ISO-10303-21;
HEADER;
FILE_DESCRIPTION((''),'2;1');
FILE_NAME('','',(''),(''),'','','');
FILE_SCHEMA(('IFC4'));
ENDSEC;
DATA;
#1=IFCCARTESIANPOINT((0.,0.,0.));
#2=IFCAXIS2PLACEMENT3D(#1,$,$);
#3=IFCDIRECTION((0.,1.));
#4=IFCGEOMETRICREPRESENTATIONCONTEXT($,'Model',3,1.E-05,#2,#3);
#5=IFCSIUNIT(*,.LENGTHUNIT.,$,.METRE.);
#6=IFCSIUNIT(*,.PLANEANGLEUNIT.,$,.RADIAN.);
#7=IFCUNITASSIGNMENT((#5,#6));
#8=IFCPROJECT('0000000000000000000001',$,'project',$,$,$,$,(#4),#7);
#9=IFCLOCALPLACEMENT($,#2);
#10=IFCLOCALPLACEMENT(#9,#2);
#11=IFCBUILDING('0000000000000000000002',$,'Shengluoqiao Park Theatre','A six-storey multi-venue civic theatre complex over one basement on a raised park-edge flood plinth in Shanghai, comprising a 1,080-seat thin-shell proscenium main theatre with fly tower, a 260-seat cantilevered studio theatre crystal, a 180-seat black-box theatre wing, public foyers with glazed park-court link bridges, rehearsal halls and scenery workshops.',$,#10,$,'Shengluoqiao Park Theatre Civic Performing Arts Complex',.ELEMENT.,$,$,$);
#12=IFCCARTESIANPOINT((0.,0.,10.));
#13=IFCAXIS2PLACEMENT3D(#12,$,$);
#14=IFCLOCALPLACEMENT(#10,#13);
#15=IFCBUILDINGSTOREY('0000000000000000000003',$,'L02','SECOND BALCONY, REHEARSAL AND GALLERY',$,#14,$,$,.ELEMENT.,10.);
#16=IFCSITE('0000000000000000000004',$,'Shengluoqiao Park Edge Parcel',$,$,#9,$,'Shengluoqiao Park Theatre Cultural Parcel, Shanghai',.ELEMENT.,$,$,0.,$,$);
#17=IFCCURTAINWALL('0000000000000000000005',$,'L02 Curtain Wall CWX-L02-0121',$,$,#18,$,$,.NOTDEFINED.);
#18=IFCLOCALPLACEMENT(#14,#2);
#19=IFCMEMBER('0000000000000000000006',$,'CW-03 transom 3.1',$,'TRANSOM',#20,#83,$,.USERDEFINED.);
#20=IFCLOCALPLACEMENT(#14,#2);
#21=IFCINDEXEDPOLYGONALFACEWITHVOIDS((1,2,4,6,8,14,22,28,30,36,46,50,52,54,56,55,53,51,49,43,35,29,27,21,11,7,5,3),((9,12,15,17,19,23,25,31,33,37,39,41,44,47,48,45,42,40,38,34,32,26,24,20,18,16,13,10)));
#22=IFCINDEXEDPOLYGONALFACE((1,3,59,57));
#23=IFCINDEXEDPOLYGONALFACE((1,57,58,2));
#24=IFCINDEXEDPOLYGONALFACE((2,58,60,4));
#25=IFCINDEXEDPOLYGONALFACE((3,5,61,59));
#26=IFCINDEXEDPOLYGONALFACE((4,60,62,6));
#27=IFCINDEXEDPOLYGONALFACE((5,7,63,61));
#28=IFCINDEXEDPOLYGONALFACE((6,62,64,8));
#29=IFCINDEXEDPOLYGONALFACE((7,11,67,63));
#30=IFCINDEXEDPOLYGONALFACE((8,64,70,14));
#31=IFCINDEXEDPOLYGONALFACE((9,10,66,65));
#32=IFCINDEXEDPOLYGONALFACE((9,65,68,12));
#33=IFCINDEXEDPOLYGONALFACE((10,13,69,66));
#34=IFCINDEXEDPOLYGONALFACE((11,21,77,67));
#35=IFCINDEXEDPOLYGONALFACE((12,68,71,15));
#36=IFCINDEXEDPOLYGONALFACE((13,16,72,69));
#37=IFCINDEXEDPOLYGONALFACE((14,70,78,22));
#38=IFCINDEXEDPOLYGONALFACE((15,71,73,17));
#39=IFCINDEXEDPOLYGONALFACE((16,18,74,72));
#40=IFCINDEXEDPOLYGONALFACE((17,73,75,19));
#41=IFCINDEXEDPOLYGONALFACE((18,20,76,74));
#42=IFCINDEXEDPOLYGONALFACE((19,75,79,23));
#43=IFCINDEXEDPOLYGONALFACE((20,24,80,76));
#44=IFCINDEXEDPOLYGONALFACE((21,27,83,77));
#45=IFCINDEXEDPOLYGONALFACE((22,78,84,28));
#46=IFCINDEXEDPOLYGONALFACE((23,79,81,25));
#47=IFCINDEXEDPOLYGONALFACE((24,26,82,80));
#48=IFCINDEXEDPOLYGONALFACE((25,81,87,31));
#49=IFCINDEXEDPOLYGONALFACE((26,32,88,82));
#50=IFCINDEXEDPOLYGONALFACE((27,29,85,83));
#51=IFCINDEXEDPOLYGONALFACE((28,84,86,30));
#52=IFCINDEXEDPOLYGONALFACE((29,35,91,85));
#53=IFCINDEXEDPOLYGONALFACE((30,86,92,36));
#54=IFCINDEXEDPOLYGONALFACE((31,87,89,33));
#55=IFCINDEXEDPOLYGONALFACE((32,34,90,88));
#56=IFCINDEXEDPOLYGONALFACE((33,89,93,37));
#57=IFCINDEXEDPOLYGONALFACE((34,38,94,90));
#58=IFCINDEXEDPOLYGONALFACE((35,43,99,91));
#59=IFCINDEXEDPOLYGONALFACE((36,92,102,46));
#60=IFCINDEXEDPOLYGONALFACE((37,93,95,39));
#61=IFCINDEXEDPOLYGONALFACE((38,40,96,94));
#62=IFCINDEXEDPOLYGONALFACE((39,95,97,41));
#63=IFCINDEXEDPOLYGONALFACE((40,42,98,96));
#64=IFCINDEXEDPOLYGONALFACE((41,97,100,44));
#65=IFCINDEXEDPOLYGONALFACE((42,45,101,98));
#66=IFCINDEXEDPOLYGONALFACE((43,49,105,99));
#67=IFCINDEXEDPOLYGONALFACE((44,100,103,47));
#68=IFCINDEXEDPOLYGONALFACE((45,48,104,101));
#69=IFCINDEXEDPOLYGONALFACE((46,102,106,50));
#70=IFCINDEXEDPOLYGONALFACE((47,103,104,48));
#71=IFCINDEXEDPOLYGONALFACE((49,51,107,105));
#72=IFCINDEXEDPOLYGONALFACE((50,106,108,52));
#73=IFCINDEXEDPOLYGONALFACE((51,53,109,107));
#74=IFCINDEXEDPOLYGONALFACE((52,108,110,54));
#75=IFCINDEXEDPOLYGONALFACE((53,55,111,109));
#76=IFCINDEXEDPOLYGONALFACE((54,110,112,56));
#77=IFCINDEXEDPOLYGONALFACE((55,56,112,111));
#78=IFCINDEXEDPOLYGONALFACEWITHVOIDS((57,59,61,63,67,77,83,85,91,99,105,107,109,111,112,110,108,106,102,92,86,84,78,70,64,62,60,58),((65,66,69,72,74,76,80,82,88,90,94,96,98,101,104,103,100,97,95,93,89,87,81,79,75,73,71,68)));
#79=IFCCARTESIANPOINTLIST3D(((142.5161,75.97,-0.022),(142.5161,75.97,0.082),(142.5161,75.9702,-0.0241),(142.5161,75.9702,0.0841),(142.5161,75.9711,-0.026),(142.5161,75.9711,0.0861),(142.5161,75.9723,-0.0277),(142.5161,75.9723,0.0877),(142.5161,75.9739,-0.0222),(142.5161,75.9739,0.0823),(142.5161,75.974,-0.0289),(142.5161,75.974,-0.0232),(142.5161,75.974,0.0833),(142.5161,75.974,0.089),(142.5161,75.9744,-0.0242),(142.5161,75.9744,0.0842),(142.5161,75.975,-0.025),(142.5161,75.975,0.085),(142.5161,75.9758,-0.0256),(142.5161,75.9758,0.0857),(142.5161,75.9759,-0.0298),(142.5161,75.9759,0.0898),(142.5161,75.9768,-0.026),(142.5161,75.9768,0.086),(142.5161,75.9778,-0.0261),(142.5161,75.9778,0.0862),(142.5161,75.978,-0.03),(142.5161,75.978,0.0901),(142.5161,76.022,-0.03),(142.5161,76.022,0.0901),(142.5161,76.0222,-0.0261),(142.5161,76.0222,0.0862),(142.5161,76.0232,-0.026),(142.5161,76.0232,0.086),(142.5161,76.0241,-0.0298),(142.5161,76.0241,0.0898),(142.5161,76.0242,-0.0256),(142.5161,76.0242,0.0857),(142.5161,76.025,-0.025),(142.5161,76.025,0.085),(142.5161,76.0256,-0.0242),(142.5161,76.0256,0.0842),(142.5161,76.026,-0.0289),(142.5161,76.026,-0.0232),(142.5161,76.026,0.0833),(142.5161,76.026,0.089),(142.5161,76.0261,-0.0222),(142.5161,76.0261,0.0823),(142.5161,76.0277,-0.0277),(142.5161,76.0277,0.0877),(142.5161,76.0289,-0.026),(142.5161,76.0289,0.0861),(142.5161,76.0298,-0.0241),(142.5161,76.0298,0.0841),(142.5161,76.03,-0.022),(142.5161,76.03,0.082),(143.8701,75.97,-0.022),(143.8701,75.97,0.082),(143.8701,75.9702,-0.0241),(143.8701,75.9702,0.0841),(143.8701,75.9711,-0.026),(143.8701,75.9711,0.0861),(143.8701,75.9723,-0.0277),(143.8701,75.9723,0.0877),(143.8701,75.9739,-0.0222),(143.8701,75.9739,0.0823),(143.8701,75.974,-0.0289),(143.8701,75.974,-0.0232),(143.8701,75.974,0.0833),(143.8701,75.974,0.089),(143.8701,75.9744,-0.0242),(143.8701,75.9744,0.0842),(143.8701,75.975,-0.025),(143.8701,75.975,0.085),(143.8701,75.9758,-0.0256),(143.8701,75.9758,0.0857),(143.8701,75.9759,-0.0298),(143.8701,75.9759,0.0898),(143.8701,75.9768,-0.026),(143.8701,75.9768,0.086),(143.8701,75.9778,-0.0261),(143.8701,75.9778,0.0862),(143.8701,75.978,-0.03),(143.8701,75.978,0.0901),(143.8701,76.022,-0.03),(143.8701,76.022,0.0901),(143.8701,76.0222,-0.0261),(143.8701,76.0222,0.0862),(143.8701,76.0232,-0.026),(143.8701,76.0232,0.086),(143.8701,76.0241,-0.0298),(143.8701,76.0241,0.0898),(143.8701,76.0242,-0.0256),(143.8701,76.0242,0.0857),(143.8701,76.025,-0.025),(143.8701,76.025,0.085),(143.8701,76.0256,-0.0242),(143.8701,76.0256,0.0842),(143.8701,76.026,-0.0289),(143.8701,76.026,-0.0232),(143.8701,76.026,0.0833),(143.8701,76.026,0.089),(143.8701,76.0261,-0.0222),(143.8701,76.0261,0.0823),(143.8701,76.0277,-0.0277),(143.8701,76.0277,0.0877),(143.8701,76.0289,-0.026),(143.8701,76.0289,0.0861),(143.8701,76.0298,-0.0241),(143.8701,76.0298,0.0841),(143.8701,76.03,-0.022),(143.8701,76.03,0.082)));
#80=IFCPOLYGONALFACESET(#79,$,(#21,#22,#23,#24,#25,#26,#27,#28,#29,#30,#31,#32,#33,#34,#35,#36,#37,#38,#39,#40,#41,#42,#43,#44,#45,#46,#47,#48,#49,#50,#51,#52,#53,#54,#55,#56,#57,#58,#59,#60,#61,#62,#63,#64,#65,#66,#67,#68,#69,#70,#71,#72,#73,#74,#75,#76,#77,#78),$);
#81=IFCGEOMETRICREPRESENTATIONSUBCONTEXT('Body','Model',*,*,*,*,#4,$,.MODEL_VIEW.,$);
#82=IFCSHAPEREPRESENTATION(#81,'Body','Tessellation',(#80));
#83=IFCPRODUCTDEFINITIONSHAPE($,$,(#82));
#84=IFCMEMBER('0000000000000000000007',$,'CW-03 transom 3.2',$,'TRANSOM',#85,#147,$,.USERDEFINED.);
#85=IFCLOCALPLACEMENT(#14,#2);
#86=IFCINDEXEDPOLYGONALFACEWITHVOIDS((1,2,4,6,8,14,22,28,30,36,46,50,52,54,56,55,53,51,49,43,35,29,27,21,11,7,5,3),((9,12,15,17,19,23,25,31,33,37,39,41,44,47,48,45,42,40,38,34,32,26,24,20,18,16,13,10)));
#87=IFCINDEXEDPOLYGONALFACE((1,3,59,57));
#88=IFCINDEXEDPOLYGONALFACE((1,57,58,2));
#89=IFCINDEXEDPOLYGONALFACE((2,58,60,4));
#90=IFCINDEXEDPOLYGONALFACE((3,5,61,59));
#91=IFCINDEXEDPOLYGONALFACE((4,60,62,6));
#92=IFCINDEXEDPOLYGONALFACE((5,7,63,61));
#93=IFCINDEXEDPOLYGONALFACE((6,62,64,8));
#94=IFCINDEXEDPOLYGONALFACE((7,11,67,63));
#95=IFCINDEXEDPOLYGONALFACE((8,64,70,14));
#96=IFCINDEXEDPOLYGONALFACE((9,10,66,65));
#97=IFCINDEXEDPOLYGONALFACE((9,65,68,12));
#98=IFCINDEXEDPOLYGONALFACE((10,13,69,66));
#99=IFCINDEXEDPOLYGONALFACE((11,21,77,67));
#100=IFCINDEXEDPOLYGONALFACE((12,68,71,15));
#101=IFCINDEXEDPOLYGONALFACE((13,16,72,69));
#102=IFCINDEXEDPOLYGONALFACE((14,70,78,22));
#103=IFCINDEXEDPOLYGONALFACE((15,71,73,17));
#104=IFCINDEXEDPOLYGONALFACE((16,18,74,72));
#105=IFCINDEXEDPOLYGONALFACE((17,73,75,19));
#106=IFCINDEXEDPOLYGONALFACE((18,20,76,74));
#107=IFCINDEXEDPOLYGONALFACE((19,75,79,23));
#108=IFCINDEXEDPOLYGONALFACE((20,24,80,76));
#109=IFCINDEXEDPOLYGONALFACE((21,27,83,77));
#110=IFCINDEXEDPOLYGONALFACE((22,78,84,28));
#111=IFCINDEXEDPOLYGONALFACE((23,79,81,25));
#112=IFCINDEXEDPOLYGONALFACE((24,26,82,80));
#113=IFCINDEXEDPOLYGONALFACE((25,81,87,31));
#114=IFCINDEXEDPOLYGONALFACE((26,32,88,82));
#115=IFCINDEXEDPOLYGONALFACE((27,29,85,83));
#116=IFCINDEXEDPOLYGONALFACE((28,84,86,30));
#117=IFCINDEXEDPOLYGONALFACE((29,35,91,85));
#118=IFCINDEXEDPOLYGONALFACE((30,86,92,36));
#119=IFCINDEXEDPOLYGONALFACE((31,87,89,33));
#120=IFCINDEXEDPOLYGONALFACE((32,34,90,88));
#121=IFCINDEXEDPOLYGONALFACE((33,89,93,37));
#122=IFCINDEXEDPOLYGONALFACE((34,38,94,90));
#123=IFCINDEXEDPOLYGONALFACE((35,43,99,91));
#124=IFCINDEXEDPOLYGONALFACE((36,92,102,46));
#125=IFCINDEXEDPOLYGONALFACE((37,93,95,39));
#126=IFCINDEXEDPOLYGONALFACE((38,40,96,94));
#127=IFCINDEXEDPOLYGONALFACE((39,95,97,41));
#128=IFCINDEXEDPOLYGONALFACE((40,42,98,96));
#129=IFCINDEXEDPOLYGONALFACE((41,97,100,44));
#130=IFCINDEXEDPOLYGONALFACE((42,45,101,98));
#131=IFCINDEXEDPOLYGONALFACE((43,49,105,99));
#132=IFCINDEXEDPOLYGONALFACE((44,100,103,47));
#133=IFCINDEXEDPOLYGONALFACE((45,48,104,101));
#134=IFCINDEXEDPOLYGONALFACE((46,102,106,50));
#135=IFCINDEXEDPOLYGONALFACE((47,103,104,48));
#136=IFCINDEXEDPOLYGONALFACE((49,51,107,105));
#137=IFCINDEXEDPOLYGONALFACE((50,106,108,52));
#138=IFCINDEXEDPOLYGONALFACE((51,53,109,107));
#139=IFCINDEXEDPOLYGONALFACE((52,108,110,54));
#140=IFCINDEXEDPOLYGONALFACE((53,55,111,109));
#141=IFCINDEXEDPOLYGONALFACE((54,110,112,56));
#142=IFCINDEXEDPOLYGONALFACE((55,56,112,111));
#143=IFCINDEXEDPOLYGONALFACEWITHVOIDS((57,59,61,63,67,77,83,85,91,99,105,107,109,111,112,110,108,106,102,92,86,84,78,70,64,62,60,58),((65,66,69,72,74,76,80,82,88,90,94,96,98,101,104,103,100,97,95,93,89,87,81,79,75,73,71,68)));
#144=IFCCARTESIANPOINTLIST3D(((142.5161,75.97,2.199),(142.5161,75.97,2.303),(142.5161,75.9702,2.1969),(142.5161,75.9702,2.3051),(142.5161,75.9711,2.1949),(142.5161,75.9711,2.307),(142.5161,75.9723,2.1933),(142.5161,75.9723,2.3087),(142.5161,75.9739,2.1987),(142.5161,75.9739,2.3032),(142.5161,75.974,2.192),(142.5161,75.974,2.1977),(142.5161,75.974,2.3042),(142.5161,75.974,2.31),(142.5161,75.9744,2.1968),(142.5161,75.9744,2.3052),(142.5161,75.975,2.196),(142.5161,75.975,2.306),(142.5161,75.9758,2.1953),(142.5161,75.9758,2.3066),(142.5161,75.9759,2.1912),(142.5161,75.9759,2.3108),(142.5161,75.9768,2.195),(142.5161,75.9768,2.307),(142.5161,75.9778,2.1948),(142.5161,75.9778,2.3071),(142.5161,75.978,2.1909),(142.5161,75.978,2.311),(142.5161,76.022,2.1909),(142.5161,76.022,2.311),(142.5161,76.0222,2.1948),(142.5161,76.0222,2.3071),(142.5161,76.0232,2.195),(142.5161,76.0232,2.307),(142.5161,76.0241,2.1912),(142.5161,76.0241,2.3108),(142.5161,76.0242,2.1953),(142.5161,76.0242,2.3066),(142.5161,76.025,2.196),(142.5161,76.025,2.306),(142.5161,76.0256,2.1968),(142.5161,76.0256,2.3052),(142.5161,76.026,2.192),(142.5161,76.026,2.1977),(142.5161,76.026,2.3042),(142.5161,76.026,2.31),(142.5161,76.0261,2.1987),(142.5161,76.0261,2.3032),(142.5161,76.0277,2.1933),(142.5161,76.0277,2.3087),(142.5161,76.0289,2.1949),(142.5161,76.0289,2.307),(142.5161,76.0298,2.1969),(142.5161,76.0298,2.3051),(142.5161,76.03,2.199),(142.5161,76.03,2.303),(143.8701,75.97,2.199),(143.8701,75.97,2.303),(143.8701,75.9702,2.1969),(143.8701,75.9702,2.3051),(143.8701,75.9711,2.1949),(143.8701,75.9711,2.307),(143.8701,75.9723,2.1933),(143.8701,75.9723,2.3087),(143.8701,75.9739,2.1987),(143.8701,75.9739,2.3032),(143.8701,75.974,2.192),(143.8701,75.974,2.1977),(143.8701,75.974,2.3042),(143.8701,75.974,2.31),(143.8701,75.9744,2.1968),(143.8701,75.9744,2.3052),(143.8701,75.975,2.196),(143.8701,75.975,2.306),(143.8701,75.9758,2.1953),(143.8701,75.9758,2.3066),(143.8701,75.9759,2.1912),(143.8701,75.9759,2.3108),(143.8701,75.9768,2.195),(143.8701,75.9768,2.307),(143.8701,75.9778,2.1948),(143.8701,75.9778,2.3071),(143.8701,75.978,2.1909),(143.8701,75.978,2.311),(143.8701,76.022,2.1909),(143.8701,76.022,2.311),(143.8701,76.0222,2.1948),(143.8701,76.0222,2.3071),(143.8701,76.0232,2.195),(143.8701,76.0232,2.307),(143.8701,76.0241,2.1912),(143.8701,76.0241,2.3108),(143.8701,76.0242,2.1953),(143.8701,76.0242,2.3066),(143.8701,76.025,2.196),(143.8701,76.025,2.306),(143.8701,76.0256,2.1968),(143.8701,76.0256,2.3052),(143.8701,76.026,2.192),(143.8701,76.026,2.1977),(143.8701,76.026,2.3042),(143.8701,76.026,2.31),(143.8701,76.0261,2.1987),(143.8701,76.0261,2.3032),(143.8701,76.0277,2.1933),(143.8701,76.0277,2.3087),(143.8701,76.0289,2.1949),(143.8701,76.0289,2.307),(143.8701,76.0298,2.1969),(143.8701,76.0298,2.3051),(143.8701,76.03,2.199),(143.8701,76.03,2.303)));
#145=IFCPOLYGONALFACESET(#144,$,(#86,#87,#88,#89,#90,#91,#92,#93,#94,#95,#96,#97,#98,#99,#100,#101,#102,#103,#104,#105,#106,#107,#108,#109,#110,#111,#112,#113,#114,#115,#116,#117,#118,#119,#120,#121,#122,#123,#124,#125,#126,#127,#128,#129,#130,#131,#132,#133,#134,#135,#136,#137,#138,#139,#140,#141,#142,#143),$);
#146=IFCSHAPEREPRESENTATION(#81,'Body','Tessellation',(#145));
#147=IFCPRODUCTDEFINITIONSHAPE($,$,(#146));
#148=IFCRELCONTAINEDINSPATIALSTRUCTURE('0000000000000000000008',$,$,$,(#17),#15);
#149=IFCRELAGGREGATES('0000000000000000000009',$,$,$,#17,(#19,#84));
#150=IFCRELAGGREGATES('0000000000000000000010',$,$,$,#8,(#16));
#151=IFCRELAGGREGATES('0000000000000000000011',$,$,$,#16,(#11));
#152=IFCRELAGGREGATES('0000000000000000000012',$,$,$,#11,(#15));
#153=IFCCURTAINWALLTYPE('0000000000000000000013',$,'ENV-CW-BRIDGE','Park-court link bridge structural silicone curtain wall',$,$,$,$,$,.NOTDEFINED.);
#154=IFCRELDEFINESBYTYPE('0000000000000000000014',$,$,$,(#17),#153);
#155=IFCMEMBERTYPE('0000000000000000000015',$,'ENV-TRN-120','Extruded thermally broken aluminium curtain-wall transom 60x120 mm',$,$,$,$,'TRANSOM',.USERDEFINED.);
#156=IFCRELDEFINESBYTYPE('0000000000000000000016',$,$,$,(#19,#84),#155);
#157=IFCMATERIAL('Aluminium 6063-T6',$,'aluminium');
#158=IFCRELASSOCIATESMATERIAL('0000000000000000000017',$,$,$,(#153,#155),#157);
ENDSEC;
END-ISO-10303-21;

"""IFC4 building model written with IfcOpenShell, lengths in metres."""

from ifc_helpers import new_model, si_unit, direction, frame, origin, origin_2d, place, context, subcontext, project, spatial, hollow_rectangle, extrude, material, material_profile, profile_set, type_object, element, aggregate, save


model = new_model("IFC4")

# Units and contexts
model_context = context("Model", 3, precision=1e-05, world=origin(), true_north=direction((0.0, 1.0)))
body_context = subcontext(model_context, "Body", "Model", "MODEL_VIEW")
ifc_project = project(units=[si_unit("LENGTHUNIT", "METRE"), si_unit("PLANEANGLEUNIT", "RADIAN")], contexts=[model_context])

# Site, building, storey
site_placement = place(None, origin())
site = spatial("IfcSite", under=ifc_project, at=site_placement, Name="Shengluoqiao Park Edge Parcel", LongName="Shengluoqiao Park Theatre Cultural Parcel, Shanghai", CompositionType="ELEMENT", RefElevation=0.0)
building_placement = place(site_placement, origin())
building = spatial("IfcBuilding", under=site, at=building_placement, Name="Shengluoqiao Park Theatre", Description="A six-storey multi-venue civic theatre complex over one basement on a raised park-edge flood plinth in Shanghai, comprising a 1,080-seat thin-shell proscenium main theatre with fly tower, a 260-seat cantilevered studio theatre crystal, a 180-seat black-box theatre wing, public foyers with glazed park-court link bridges, rehearsal halls and scenery workshops.", LongName="Shengluoqiao Park Theatre Civic Performing Arts Complex", CompositionType="ELEMENT")
storey_placement = place(building_placement, frame((0.0, 0.0, 10.0)))
storey = spatial("IfcBuildingStorey", under=building, at=storey_placement, Name="L02", Description="SECOND BALCONY, REHEARSAL AND GALLERY", CompositionType="ELEMENT", Elevation=10.0)

# Curtain wall, members
ifc_material_1 = material(Name="Aluminium 6063-T6", Category="aluminium")
curtain_wall_type = type_object("IfcCurtainWallType", Name="ENV-CW-BRIDGE", Description="Park-court link bridge structural silicone curtain wall", PredefinedType="NOTDEFINED", material=ifc_material_1)
curtain_wall_placement = place(storey_placement, origin())
curtain_wall = element("IfcCurtainWall", 1, at=curtain_wall_placement, inside=storey, type_object=curtain_wall_type, Name="L02 Curtain Wall CWX-L02-0121", PredefinedType="NOTDEFINED")
ifc_material_profile_1 = material_profile(ifc_material_1, hollow_rectangle(XDim=0.0601, YDim=0.1201, WallThickness=0.0039, InnerFilletRadius=0.0039, OuterFilletRadius=0.0081, at=origin_2d()), Name="ALU TRANSOM 120x60x4")
ifc_profile_set_1 = profile_set([ifc_material_profile_1], Name="Aluminium 6063-T6")
member_type_1 = type_object("IfcMemberType", Name="ENV-TRN-120", Description="Extruded thermally broken aluminium curtain-wall transom 60x120 mm", ElementType="TRANSOM", PredefinedType="USERDEFINED", material=ifc_profile_set_1)
member_1_placement = place(storey_placement, frame((142.5161, 76.0, 0.03), z_axis=(1.0, 0.0, 0.0), x_axis=(0.0, 1.0, 0.0)))
member_1 = element("IfcMember", 2, at=member_1_placement, type_object=member_type_1, Name="CW-03 transom 3.1", ObjectType="TRANSOM", PredefinedType="USERDEFINED", context=body_context, shape_type="SweptSolid", body=[
    extrude(hollow_rectangle(XDim=0.0601, YDim=0.1201, WallThickness=0.0039, InnerFilletRadius=0.0039, OuterFilletRadius=0.0081, at=origin_2d()), origin(), (0.0, 0.0, 1.0), 1.354),
])
member_2_placement = place(storey_placement, frame((142.5161, 76.0, 2.251), z_axis=(1.0, 0.0, 0.0), x_axis=(0.0, 1.0, 0.0)))
member_2 = element("IfcMember", 3, at=member_2_placement, type_object=member_type_1, Name="CW-03 transom 3.2", ObjectType="TRANSOM", PredefinedType="USERDEFINED", context=body_context, shape_type="SweptSolid", body=[
    extrude(hollow_rectangle(XDim=0.0601, YDim=0.1201, WallThickness=0.0039, InnerFilletRadius=0.0039, OuterFilletRadius=0.0081, at=origin_2d()), origin(), (0.0, 0.0, 1.0), 1.354),
])
aggregate(curtain_wall, [member_1, member_2])

save(model, "model.ifc")
